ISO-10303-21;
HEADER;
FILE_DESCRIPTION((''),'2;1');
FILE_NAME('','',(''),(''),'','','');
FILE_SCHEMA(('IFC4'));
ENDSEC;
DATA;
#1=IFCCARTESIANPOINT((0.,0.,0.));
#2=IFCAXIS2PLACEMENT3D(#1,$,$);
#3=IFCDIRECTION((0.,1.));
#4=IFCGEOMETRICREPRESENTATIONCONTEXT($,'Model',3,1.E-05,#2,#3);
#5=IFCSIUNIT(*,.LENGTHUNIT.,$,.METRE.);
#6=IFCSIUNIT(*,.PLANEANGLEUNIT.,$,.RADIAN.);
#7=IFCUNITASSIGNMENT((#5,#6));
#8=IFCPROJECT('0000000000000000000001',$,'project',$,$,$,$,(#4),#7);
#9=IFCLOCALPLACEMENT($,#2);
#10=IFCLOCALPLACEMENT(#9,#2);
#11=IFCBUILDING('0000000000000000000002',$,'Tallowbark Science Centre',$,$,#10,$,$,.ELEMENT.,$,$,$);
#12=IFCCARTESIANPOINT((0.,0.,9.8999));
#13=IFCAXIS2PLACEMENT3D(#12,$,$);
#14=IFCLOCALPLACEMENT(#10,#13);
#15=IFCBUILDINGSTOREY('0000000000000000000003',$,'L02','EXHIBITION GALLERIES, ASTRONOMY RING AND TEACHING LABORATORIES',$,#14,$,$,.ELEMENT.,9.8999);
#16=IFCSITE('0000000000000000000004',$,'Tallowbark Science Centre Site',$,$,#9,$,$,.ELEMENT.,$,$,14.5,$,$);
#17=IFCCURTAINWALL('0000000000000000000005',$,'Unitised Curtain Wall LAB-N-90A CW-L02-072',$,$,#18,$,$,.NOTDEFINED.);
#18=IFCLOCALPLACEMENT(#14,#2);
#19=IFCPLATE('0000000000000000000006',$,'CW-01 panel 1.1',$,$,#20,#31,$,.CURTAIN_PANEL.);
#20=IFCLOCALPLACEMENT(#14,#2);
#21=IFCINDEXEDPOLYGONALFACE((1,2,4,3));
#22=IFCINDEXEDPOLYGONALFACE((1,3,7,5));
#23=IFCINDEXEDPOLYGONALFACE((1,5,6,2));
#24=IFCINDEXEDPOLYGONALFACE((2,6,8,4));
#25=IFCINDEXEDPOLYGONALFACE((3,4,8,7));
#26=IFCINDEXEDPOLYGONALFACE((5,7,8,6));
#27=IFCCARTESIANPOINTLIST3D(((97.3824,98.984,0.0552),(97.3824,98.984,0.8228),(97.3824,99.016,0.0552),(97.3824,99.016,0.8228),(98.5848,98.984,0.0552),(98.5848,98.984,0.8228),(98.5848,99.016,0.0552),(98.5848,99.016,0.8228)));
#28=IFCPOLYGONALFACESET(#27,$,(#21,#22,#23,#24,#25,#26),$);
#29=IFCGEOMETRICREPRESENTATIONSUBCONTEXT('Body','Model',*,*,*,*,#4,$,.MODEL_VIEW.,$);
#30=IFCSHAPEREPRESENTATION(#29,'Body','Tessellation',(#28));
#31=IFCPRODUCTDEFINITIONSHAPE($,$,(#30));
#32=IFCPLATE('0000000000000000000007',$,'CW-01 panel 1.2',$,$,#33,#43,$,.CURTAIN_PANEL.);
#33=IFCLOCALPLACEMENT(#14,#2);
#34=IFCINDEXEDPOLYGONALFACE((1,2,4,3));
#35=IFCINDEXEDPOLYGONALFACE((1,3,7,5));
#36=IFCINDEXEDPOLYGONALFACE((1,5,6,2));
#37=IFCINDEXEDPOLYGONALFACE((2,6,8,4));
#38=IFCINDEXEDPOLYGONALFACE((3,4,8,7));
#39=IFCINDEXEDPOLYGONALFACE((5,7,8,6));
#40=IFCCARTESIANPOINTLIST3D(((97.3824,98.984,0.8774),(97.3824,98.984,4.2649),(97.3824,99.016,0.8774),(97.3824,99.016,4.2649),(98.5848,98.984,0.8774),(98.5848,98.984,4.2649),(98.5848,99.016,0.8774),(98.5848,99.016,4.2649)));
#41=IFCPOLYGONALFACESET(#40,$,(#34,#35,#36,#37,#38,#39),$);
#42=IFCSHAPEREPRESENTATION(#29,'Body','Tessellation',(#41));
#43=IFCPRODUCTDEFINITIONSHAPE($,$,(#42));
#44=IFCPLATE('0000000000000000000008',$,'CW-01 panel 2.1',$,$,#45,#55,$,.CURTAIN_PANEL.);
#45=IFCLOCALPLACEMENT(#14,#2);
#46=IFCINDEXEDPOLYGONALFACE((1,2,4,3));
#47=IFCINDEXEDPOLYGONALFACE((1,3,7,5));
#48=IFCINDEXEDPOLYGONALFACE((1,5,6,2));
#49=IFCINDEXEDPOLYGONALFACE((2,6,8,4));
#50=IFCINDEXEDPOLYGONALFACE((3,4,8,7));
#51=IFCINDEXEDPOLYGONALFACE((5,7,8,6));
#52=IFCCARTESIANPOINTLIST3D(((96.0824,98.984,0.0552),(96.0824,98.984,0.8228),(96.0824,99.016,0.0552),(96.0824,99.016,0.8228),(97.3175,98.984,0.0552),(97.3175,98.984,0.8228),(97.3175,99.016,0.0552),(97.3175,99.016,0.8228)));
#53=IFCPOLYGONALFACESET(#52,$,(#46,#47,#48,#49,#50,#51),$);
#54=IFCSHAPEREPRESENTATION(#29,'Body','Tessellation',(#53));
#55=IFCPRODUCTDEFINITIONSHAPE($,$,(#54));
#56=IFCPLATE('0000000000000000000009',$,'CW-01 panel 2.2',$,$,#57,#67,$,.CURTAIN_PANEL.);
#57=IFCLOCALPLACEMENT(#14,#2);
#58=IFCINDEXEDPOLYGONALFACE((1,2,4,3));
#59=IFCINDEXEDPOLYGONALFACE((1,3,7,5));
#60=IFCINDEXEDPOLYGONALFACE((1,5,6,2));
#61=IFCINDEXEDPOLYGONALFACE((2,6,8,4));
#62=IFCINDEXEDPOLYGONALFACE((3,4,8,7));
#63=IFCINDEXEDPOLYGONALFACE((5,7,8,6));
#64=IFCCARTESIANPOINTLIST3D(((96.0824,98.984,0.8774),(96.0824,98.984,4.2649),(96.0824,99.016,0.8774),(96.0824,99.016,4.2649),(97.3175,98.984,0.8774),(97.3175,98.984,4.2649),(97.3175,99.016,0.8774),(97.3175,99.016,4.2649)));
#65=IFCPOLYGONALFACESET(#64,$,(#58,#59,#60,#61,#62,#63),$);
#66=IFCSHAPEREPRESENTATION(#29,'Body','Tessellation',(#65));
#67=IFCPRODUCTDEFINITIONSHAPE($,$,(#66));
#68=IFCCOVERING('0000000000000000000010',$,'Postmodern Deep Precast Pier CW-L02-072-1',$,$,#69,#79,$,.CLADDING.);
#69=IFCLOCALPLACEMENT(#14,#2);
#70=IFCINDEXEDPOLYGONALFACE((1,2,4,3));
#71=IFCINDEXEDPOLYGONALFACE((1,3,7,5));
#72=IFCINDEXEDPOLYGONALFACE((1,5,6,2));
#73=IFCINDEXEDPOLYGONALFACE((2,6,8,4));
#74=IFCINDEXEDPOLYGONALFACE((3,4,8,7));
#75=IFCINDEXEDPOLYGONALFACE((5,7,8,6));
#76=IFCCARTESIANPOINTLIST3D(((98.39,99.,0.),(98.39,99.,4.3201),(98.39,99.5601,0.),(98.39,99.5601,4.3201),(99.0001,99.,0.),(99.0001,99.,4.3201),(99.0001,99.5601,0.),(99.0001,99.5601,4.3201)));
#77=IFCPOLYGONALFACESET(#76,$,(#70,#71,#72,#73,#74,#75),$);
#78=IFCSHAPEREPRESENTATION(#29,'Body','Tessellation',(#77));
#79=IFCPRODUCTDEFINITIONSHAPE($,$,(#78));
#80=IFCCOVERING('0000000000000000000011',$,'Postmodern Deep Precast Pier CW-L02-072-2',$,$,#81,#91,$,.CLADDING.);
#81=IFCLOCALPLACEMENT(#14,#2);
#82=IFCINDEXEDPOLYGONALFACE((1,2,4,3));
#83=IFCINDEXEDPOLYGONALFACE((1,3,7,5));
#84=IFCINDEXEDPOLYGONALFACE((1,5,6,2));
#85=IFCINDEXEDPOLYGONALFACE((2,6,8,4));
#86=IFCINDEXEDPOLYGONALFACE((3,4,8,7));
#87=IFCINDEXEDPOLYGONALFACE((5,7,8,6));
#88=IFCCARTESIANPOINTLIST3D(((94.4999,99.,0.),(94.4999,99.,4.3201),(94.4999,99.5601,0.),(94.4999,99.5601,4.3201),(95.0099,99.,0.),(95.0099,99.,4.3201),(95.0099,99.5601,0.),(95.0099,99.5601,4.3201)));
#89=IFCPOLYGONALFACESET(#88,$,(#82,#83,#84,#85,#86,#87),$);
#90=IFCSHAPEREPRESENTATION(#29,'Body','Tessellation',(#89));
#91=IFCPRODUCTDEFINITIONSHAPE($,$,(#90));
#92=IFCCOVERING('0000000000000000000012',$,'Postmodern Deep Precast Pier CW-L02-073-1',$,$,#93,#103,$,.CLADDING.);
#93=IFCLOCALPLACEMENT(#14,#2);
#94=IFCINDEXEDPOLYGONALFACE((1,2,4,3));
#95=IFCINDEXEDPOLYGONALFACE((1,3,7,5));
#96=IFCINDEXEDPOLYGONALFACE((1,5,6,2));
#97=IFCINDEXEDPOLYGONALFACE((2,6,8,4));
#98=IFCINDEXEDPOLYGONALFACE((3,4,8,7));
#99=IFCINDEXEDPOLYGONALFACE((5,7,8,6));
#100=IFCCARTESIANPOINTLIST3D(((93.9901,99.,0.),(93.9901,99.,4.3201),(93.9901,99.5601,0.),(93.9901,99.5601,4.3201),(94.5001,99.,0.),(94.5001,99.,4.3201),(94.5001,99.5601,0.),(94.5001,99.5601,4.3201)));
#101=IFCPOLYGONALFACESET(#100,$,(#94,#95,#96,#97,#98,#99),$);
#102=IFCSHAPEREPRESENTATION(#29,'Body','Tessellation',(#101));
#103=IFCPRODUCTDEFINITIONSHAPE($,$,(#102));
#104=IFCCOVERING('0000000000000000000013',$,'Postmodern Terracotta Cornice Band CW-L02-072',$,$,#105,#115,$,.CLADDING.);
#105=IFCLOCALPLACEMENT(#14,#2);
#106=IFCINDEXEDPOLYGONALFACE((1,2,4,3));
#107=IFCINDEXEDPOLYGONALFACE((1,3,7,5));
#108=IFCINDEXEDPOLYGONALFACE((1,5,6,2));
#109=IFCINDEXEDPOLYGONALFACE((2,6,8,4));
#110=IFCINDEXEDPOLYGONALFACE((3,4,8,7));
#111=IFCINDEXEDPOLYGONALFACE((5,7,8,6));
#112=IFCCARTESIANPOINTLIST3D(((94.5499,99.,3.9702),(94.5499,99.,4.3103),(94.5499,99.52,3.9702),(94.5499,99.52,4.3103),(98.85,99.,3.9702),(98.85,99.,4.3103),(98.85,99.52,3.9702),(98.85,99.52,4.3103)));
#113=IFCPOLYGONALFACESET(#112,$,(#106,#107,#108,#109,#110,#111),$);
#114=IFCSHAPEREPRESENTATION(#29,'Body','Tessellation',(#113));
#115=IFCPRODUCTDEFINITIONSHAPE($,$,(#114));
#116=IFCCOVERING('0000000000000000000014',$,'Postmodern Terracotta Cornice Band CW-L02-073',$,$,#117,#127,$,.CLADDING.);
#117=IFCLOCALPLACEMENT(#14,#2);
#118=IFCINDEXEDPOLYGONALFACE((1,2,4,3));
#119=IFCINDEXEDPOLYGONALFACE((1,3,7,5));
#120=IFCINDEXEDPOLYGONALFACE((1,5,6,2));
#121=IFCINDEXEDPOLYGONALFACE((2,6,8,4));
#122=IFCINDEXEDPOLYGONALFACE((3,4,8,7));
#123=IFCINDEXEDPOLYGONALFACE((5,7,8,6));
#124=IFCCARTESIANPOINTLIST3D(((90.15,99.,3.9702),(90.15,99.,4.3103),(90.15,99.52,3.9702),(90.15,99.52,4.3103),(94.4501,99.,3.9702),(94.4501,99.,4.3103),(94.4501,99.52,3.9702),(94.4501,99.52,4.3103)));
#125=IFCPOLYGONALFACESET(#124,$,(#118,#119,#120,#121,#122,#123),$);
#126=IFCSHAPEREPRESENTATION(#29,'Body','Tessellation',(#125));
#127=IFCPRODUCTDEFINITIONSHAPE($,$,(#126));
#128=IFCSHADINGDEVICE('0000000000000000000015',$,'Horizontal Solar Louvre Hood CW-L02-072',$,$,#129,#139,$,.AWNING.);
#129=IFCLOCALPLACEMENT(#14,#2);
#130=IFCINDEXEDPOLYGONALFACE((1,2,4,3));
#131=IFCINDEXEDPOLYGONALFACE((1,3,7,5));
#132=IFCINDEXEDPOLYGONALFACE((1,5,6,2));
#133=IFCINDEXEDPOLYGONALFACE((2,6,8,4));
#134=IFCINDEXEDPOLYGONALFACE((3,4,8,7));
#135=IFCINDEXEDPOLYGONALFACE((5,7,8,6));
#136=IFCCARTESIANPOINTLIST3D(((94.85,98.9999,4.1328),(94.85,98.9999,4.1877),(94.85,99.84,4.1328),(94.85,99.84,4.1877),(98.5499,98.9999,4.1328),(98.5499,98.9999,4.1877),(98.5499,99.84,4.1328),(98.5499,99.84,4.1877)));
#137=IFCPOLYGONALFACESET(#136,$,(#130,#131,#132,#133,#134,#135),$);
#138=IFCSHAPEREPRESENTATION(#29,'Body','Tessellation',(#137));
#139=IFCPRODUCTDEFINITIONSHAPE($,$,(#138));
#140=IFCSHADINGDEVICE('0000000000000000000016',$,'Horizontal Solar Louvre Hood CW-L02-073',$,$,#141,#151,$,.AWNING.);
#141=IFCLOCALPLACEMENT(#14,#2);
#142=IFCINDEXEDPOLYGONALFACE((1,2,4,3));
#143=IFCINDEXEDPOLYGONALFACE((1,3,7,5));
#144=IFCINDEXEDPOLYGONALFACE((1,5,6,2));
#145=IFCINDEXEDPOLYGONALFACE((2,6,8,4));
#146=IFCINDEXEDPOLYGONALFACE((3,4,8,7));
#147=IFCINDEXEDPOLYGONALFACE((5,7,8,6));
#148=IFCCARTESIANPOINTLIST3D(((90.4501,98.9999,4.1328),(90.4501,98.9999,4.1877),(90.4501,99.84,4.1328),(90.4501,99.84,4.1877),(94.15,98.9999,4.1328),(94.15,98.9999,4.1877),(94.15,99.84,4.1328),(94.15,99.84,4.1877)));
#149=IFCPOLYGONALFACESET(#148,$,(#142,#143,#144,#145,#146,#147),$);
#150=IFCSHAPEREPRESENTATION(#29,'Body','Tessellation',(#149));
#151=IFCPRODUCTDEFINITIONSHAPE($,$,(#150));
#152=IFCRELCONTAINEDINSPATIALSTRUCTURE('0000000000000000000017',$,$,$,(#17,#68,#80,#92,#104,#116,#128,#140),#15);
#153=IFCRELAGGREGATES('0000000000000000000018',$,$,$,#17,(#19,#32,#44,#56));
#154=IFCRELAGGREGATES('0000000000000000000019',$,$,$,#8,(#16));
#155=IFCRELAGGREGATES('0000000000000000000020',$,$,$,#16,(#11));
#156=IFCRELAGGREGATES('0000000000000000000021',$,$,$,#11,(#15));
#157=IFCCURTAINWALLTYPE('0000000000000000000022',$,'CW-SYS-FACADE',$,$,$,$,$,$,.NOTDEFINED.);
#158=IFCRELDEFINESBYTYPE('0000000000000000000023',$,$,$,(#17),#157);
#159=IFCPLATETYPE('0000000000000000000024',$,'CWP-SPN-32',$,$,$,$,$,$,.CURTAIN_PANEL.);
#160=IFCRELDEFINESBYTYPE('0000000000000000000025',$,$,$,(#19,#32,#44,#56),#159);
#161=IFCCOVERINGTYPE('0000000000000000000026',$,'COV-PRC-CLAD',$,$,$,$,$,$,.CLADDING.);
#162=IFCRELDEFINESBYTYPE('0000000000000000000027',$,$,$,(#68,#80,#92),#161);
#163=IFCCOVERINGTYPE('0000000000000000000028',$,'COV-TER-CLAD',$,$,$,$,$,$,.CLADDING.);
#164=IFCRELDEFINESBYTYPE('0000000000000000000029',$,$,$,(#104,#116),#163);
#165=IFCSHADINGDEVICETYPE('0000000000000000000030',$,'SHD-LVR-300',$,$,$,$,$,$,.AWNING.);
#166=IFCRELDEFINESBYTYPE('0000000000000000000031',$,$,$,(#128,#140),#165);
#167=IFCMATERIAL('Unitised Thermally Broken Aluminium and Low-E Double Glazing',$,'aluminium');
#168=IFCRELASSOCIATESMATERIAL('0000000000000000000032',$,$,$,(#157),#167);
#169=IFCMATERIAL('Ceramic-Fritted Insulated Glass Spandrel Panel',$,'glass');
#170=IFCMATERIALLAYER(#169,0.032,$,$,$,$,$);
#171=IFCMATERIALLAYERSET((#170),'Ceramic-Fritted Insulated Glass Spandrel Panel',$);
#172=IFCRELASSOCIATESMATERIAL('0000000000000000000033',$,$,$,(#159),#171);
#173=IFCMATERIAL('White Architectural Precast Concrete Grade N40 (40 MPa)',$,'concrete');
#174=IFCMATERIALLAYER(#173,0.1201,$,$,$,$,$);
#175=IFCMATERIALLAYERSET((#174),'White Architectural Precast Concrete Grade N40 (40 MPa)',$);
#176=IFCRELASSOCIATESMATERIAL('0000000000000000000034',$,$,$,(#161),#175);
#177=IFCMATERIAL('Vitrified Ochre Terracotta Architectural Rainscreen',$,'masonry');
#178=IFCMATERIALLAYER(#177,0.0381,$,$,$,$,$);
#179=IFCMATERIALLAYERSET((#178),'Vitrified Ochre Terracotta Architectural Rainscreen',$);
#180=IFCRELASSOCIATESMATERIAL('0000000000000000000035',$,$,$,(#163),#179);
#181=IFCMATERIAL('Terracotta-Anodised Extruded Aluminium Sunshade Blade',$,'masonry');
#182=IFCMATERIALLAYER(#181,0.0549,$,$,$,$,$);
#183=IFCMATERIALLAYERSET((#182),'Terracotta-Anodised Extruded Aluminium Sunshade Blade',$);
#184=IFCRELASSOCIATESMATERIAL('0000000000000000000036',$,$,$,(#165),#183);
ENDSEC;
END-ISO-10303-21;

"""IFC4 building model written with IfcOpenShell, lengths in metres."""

from ifc_helpers import new_model, si_unit, direction, frame, origin, origin_2d, place, context, subcontext, project, spatial, rectangle, extrude, material, layer, layer_set, type_object, element, aggregate, save


model = new_model("IFC4")

# Units and contexts
model_context = context("Model", 3, precision=1e-05, world=origin(), true_north=direction((0.0, 1.0)))
body_context = subcontext(model_context, "Body", "Model", "MODEL_VIEW")
ifc_project = project(units=[si_unit("LENGTHUNIT", "METRE"), si_unit("PLANEANGLEUNIT", "RADIAN")], contexts=[model_context])

# Site, building, storey
site_placement = place(None, origin())
site = spatial("IfcSite", under=ifc_project, at=site_placement, Name="Tallowbark Science Centre Site", CompositionType="ELEMENT", RefElevation=14.5)
building_placement = place(site_placement, origin())
building = spatial("IfcBuilding", under=site, at=building_placement, Name="Tallowbark Science Centre", CompositionType="ELEMENT")
storey_placement = place(building_placement, frame((0.0, 0.0, 9.8999)))
storey = spatial("IfcBuildingStorey", under=building, at=storey_placement, Name="L02", Description="EXHIBITION GALLERIES, ASTRONOMY RING AND TEACHING LABORATORIES", CompositionType="ELEMENT", Elevation=9.8999)

# Curtain wall, plates
ifc_material_1 = material(Name="Unitised Thermally Broken Aluminium and Low-E Double Glazing", Category="aluminium")
curtain_wall_type = type_object("IfcCurtainWallType", Name="CW-SYS-FACADE", PredefinedType="NOTDEFINED", material=ifc_material_1)
curtain_wall_placement = place(storey_placement, origin())
curtain_wall = element("IfcCurtainWall", 1, at=curtain_wall_placement, inside=storey, type_object=curtain_wall_type, Name="Unitised Curtain Wall LAB-N-90A CW-L02-072", PredefinedType="NOTDEFINED")
ifc_material_2 = material(Name="Ceramic-Fritted Insulated Glass Spandrel Panel", Category="glass")
ifc_layer_1 = layer(ifc_material_2, 0.032)
ifc_layer_set_1 = layer_set([ifc_layer_1], Name="Ceramic-Fritted Insulated Glass Spandrel Panel")
plate_type = type_object("IfcPlateType", Name="CWP-SPN-32", PredefinedType="CURTAIN_PANEL", material=ifc_layer_set_1)
plate_1_placement = place(storey_placement, frame((97.9836, 99.0, 0.0552), z_axis=(0.0, 0.0, 1.0), x_axis=(-1.0, 0.0, 0.0)))
plate_1 = element("IfcPlate", 2, at=plate_1_placement, type_object=plate_type, Name="CW-01 panel 1.1", PredefinedType="CURTAIN_PANEL", context=body_context, shape_type="SweptSolid", body=[
    extrude(rectangle(XDim=1.2024, YDim=0.032, at=origin_2d()), origin(), (0.0, 0.0, 1.0), 0.7676),
])
plate_2_placement = place(storey_placement, frame((97.9836, 99.0, 0.8774), z_axis=(0.0, 0.0, 1.0), x_axis=(-1.0, 0.0, 0.0)))
plate_2 = element("IfcPlate", 3, at=plate_2_placement, type_object=plate_type, Name="CW-01 panel 1.2", PredefinedType="CURTAIN_PANEL", context=body_context, shape_type="SweptSolid", body=[
    extrude(rectangle(XDim=1.2024, YDim=0.032, at=origin_2d()), origin(), (0.0, 0.0, 1.0), 3.3875),
])
plate_3_placement = place(storey_placement, frame((96.7, 99.0, 0.0552), z_axis=(0.0, 0.0, 1.0), x_axis=(-1.0, 0.0, 0.0)))
plate_3 = element("IfcPlate", 4, at=plate_3_placement, type_object=plate_type, Name="CW-01 panel 2.1", PredefinedType="CURTAIN_PANEL", context=body_context, shape_type="SweptSolid", body=[
    extrude(rectangle(XDim=1.2351, YDim=0.032, at=origin_2d()), origin(), (0.0, 0.0, 1.0), 0.7676),
])
plate_4_placement = place(storey_placement, frame((96.7, 99.0, 0.8774), z_axis=(0.0, 0.0, 1.0), x_axis=(-1.0, 0.0, 0.0)))
plate_4 = element("IfcPlate", 5, at=plate_4_placement, type_object=plate_type, Name="CW-01 panel 2.2", PredefinedType="CURTAIN_PANEL", context=body_context, shape_type="SweptSolid", body=[
    extrude(rectangle(XDim=1.2351, YDim=0.032, at=origin_2d()), origin(), (0.0, 0.0, 1.0), 3.3875),
])
aggregate(curtain_wall, [plate_1, plate_2, plate_3, plate_4])

# Coverings
ifc_material_3 = material(Name="White Architectural Precast Concrete Grade N40 (40 MPa)", Category="concrete")
ifc_layer_2 = layer(ifc_material_3, 0.1201)
ifc_layer_set_2 = layer_set([ifc_layer_2], Name="White Architectural Precast Concrete Grade N40 (40 MPa)")
covering_type_1 = type_object("IfcCoveringType", Name="COV-PRC-CLAD", PredefinedType="CLADDING", material=ifc_layer_set_2)
covering_placement = place(storey_placement, frame((98.6951, 99.28, 0.0), z_axis=(0.0, 0.0, 1.0), x_axis=(-1.0, 0.0, 0.0)))
element("IfcCovering", 6, at=covering_placement, inside=storey, type_object=covering_type_1, Name="Postmodern Deep Precast Pier CW-L02-072-1", PredefinedType="CLADDING", context=body_context, shape_type="SweptSolid", body=[
    extrude(rectangle(XDim=0.6101, YDim=0.5601, at=origin_2d()), origin(), (0.0, 0.0, 1.0), 4.3201),
])
for number, where, z_axis, x_axis, name in (
    (7, (94.7549, 99.28, 0.0), (0.0, 0.0, 1.0), (-1.0, 0.0, 0.0), "Postmodern Deep Precast Pier CW-L02-072-2"),
    (8, (94.2451, 99.28, 0.0), (0.0, 0.0, 1.0), (-1.0, 0.0, 0.0), "Postmodern Deep Precast Pier CW-L02-073-1"),
):
    element("IfcCovering", number, at=place(storey_placement, frame(where, z_axis=z_axis, x_axis=x_axis)), inside=storey, type_object=covering_type_1, Name=name, PredefinedType="CLADDING", context=body_context, shape_type="SweptSolid", body=[
        extrude(rectangle(XDim=0.51, YDim=0.5601, at=origin_2d()), origin(), (0.0, 0.0, 1.0), 4.3201),
    ])
ifc_material_4 = material(Name="Vitrified Ochre Terracotta Architectural Rainscreen", Category="masonry")
ifc_layer_3 = layer(ifc_material_4, 0.0381)
ifc_layer_set_3 = layer_set([ifc_layer_3], Name="Vitrified Ochre Terracotta Architectural Rainscreen")
covering_type_2 = type_object("IfcCoveringType", Name="COV-TER-CLAD", PredefinedType="CLADDING", material=ifc_layer_set_3)
for number, where, z_axis, x_axis, name in (
    (9, (96.7, 99.26, 3.9702), (0.0, 0.0, 1.0), (-1.0, 0.0, 0.0), "Postmodern Terracotta Cornice Band CW-L02-072"),
    (10, (92.3, 99.26, 3.9702), (0.0, 0.0, 1.0), (-1.0, 0.0, 0.0), "Postmodern Terracotta Cornice Band CW-L02-073"),
):
    element("IfcCovering", number, at=place(storey_placement, frame(where, z_axis=z_axis, x_axis=x_axis)), inside=storey, type_object=covering_type_2, Name=name, PredefinedType="CLADDING", context=body_context, shape_type="SweptSolid", body=[
        extrude(rectangle(XDim=4.3, YDim=0.52, at=origin_2d()), origin(), (0.0, 0.0, 1.0), 0.3401),
    ])

# Shading devices
ifc_material_5 = material(Name="Terracotta-Anodised Extruded Aluminium Sunshade Blade", Category="masonry")
ifc_layer_4 = layer(ifc_material_5, 0.0549)
ifc_layer_set_4 = layer_set([ifc_layer_4], Name="Terracotta-Anodised Extruded Aluminium Sunshade Blade")
shading_device_type = type_object("IfcShadingDeviceType", Name="SHD-LVR-300", PredefinedType="AWNING", material=ifc_layer_set_4)
for number, where, z_axis, x_axis, name in (
    (11, (96.7, 99.4199, 4.1328), (0.0, 0.0, 1.0), (-1.0, 0.0, 0.0), "Horizontal Solar Louvre Hood CW-L02-072"),
    (12, (92.3, 99.4199, 4.1328), (0.0, 0.0, 1.0), (-1.0, 0.0, 0.0), "Horizontal Solar Louvre Hood CW-L02-073"),
):
    element("IfcShadingDevice", number, at=place(storey_placement, frame(where, z_axis=z_axis, x_axis=x_axis)), inside=storey, type_object=shading_device_type, Name=name, PredefinedType="AWNING", context=body_context, shape_type="SweptSolid", body=[
        extrude(rectangle(XDim=3.7, YDim=0.8401, at=origin_2d()), origin(), (0.0, 0.0, 1.0), 0.0549),
    ])

save(model, "model.ifc")
